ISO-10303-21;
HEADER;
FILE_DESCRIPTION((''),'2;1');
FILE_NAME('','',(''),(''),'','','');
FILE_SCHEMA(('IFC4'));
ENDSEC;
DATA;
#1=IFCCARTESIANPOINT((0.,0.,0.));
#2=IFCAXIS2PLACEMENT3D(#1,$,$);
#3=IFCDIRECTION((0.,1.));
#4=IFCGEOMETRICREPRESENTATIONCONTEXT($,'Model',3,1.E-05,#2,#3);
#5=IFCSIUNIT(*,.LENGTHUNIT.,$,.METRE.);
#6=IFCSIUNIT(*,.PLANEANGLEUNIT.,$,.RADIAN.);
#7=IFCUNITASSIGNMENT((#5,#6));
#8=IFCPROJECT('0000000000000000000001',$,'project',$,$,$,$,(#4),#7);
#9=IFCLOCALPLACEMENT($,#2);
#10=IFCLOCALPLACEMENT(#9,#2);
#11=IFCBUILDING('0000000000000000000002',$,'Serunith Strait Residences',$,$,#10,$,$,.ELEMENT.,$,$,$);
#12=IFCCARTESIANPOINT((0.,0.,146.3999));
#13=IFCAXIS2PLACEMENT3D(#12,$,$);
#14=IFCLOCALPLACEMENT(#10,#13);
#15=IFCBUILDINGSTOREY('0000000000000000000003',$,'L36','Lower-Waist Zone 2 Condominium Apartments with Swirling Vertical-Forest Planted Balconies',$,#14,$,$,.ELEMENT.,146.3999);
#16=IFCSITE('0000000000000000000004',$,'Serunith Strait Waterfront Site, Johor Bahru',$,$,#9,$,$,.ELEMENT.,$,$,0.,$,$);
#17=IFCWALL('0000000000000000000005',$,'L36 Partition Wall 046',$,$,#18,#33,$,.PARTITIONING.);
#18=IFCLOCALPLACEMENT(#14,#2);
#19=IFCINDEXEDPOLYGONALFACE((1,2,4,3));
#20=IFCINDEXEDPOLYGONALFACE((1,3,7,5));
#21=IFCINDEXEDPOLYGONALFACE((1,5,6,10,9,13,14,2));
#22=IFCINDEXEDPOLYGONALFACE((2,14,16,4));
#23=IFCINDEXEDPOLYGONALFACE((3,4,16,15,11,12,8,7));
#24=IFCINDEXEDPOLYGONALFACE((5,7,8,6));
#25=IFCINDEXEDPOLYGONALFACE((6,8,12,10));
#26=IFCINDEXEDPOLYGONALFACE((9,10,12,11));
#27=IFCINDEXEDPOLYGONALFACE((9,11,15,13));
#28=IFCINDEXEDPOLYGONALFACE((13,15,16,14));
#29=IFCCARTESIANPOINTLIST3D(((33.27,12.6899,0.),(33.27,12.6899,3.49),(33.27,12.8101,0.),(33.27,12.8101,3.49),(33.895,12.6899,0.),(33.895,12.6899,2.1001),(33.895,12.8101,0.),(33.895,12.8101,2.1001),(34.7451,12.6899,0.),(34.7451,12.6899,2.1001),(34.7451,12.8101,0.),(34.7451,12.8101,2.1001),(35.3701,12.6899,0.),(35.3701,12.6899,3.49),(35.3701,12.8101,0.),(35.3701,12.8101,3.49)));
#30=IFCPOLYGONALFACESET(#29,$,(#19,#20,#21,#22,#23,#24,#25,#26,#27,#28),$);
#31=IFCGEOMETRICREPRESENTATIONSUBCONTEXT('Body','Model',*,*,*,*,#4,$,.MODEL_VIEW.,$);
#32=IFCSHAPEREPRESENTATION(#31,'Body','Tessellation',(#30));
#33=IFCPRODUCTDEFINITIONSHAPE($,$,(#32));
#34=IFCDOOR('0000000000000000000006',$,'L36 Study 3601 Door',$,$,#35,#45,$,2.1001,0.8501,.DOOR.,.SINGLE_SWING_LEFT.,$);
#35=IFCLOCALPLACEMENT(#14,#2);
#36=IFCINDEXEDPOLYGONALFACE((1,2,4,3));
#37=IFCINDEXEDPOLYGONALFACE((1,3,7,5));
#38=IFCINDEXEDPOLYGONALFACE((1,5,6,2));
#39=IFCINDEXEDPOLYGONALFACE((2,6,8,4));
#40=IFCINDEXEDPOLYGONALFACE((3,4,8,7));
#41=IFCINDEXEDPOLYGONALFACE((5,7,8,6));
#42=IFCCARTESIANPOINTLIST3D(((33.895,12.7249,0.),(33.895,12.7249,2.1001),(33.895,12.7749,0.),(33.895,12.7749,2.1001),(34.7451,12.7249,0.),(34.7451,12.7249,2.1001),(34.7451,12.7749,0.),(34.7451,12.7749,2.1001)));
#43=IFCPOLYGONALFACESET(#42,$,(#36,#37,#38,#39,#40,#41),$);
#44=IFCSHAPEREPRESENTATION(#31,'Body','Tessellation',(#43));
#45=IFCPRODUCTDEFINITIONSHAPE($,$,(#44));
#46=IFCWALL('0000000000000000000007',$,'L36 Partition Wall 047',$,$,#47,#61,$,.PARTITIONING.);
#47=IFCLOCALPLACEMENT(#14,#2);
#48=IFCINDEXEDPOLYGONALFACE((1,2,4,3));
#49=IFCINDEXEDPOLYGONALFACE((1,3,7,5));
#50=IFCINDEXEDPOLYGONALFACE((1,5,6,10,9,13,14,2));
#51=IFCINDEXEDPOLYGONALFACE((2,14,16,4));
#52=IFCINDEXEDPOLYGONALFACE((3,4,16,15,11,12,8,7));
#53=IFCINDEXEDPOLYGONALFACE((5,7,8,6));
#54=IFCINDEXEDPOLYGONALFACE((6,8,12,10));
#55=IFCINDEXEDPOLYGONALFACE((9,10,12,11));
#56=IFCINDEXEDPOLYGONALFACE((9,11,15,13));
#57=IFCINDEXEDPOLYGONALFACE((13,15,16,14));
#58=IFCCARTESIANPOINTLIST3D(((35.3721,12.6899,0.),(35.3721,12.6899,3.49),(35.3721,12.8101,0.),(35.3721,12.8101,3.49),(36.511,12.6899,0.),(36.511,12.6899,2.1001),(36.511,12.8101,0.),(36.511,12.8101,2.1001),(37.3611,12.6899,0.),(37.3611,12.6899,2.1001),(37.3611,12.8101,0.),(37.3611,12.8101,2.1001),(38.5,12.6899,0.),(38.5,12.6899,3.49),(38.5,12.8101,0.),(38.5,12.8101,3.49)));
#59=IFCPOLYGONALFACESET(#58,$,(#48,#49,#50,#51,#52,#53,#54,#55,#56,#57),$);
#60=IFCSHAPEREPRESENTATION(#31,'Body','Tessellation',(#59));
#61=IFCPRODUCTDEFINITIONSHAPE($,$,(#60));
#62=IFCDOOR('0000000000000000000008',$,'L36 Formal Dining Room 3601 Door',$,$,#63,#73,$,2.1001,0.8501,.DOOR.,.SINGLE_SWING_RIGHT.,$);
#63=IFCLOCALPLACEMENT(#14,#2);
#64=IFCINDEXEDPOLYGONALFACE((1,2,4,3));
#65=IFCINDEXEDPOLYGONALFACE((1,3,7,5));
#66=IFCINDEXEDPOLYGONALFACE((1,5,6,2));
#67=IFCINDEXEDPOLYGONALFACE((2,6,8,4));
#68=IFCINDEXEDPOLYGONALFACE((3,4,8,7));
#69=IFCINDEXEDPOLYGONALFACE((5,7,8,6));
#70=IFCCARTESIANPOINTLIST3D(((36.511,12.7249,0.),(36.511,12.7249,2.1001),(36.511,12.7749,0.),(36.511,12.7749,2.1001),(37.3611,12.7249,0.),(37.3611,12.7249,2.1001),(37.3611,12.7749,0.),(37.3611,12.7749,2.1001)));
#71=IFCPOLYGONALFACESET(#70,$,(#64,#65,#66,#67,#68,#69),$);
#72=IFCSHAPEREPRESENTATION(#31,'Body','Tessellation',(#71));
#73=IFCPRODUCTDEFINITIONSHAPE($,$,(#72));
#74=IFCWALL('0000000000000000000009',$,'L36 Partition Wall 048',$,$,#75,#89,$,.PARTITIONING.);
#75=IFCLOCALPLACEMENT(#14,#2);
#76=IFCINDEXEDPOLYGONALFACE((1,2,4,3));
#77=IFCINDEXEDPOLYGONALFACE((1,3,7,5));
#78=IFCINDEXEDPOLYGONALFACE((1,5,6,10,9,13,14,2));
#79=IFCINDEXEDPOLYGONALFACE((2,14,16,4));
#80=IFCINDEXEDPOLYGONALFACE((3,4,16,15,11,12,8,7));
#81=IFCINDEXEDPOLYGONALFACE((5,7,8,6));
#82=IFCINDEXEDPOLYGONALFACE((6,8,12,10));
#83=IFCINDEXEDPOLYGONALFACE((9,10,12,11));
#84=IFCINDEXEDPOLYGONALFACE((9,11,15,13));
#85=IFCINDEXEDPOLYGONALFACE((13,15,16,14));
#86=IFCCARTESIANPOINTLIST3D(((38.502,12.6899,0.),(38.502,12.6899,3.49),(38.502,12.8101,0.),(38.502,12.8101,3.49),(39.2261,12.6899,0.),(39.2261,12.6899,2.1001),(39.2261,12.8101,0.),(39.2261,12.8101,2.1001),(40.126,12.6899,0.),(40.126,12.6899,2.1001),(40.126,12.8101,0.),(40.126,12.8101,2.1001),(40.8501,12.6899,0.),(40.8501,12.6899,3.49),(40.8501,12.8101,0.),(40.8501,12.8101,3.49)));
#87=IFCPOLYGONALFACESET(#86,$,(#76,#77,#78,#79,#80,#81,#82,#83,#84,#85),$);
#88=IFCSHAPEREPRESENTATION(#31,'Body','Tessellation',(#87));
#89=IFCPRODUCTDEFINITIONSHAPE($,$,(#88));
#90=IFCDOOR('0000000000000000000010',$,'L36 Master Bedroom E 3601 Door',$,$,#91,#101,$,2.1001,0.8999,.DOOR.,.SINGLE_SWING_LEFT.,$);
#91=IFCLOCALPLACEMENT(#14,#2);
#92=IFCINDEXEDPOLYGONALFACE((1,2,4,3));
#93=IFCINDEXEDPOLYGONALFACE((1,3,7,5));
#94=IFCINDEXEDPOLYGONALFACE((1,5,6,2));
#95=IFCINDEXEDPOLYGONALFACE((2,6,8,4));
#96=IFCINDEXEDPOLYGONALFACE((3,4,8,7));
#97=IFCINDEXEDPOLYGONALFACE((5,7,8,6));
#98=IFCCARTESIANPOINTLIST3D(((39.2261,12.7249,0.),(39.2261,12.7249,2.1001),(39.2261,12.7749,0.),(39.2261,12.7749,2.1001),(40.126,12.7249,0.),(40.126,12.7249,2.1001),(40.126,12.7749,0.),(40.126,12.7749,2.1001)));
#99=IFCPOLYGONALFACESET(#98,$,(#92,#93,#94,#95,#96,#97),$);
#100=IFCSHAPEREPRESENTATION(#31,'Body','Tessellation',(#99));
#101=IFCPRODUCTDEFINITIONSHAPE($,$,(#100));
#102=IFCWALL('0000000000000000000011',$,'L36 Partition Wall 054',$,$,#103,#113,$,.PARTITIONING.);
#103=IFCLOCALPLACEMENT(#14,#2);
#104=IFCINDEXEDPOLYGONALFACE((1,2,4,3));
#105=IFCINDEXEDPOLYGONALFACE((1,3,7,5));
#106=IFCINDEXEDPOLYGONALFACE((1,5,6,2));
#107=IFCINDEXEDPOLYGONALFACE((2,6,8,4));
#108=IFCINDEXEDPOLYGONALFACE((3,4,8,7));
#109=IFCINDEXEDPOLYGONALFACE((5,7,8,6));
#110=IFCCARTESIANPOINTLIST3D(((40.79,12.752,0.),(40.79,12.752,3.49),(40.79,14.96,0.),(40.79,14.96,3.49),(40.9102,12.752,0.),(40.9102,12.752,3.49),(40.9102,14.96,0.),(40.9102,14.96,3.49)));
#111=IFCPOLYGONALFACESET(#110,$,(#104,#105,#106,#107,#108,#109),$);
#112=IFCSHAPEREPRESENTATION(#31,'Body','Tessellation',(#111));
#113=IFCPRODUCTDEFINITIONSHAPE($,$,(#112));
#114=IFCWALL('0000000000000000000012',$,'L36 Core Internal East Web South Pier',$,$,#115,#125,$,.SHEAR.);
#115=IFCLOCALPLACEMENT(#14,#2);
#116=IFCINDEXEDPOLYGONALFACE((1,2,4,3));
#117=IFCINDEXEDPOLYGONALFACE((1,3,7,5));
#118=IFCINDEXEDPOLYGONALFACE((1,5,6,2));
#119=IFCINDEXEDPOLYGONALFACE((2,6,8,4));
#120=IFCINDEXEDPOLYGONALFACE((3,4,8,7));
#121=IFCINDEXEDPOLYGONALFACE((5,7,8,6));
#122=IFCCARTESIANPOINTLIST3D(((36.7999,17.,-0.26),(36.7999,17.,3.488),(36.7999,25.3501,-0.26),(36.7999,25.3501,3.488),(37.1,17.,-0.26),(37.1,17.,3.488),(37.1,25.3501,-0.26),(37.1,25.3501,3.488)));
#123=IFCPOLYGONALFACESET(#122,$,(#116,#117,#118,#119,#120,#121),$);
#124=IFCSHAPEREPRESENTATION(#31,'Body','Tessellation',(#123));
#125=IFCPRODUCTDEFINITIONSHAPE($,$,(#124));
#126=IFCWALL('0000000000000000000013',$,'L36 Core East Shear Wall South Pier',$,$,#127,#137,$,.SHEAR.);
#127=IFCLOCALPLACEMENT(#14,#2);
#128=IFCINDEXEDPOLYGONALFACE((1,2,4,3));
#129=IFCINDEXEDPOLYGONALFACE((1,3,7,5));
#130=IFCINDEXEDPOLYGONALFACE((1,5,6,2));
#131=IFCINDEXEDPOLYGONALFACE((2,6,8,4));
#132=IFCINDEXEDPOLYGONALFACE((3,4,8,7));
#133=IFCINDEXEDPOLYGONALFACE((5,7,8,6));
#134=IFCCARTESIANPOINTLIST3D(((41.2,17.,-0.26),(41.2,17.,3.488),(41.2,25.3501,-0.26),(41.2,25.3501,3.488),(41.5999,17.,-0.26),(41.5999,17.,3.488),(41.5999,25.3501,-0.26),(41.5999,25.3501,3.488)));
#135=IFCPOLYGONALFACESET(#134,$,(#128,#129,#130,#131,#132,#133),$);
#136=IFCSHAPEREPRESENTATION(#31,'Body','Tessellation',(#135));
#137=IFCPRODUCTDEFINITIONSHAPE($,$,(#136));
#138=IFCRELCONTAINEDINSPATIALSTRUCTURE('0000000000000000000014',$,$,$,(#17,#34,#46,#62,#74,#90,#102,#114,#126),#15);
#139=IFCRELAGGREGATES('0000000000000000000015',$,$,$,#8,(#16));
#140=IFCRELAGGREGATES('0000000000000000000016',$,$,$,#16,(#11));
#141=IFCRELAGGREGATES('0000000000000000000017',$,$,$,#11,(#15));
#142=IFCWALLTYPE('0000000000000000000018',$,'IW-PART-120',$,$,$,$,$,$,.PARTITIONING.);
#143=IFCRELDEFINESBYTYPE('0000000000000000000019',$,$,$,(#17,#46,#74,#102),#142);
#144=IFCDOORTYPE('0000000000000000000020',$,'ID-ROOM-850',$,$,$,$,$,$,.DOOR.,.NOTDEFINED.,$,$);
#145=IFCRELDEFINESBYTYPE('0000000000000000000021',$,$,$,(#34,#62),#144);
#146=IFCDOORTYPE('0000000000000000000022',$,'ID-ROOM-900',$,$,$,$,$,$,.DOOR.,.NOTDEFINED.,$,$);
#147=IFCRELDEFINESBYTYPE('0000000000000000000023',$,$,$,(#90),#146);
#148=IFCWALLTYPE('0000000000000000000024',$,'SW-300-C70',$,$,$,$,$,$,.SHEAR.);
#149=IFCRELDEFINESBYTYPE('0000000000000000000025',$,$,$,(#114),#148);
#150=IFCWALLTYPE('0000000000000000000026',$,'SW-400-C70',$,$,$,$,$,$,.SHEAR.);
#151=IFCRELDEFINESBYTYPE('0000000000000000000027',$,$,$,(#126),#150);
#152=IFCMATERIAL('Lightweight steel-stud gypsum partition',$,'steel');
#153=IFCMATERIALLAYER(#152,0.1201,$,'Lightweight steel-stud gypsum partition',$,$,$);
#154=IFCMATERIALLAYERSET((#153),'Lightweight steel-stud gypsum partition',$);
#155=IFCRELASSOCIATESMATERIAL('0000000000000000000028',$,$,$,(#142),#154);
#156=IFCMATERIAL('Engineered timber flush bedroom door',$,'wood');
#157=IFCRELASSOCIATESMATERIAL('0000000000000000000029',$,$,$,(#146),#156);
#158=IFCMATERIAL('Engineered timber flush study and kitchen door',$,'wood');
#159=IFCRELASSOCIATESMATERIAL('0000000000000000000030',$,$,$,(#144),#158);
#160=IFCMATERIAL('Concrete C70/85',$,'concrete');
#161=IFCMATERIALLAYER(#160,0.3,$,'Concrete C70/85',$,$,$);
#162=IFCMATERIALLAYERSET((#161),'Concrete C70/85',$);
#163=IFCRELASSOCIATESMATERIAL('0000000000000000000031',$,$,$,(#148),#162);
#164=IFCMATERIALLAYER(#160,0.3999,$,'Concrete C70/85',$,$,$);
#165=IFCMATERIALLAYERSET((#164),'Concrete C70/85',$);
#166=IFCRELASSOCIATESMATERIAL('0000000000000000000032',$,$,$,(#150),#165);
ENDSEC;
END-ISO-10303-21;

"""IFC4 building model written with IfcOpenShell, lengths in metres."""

from ifc_helpers import new_model, si_unit, direction, frame, frame_2d, origin, place, context, subcontext, project, spatial, rectangle, extrude, source, transform, mapped, material, layer, layer_set, type_object, element, fill, save


model = new_model("IFC4")

# Units and contexts
model_context = context("Model", 3, precision=1e-05, world=origin(), true_north=direction((0.0, 1.0)))
body_context = subcontext(model_context, "Body", "Model", "MODEL_VIEW")
ifc_project = project(units=[si_unit("LENGTHUNIT", "METRE"), si_unit("PLANEANGLEUNIT", "RADIAN")], contexts=[model_context])

# Site, building, storey
site_placement = place(None, origin())
site = spatial("IfcSite", under=ifc_project, at=site_placement, Name="Serunith Strait Waterfront Site, Johor Bahru", CompositionType="ELEMENT", RefElevation=0.0)
building_placement = place(site_placement, origin())
building = spatial("IfcBuilding", under=site, at=building_placement, Name="Serunith Strait Residences", CompositionType="ELEMENT")
storey_placement = place(building_placement, frame((0.0, 0.0, 146.3999)))
storey = spatial("IfcBuildingStorey", under=building, at=storey_placement, Name="L36", Description="Lower-Waist Zone 2 Condominium Apartments with Swirling Vertical-Forest Planted Balconies", CompositionType="ELEMENT", Elevation=146.3999)

# Walls, openings, doors
ifc_material_1 = material(Name="Lightweight steel-stud gypsum partition", Category="steel")
ifc_layer_1 = layer(ifc_material_1, 0.1201, Name="Lightweight steel-stud gypsum partition")
ifc_layer_set_1 = layer_set([ifc_layer_1], Name="Lightweight steel-stud gypsum partition")
wall_type_1 = type_object("IfcWallType", Name="IW-PART-120", PredefinedType="PARTITIONING", material=ifc_layer_set_1)
ifc_material_2 = material(Name="Engineered timber flush bedroom door", Category="wood")
door_type_1 = type_object("IfcDoorType", Name="ID-ROOM-900", OperationType="NOTDEFINED", PredefinedType="DOOR", material=ifc_material_2)
shared_shape_1 = source(origin(), body_context, "Body", "SweptSolid", [
    extrude(rectangle(XDim=0.8999, YDim=2.1001, at=frame_2d((0.45, 1.05))), frame((0.0, 0.0249, 0.0), z_axis=(0.0, -1.0, 0.0), x_axis=(1.0, 0.0, 0.0)), (0.0, 0.0, 1.0), 0.05),
])
wall_1_placement = place(storey_placement, frame((33.27, 12.75, 0.0), z_axis=(0.0, 0.0, 1.0), x_axis=(1.0, 0.0, 0.0)))
wall_1 = element("IfcWall", 1, at=wall_1_placement, inside=storey, type_object=wall_type_1, Name="L36 Partition Wall 046", PredefinedType="PARTITIONING", context=body_context, shape_type="SweptSolid", body=[
    extrude(rectangle(XDim=2.1001, YDim=0.1201, at=frame_2d((1.05, 0.0))), origin(), (0.0, 0.0, 1.0), 3.49),
])
opening_1_placement = place(wall_1_placement, frame((0.625, 0.0, 0.0)))
opening_1 = element("IfcOpeningElement", 2, at=opening_1_placement, cuts=wall_1, PredefinedType="OPENING", context=body_context, shape_type="SweptSolid", body=[
    extrude(rectangle(XDim=0.8501, YDim=2.1001, at=frame_2d((0.425, 1.05))), frame((0.0, 0.0701, 0.0), z_axis=(0.0, -1.0, 0.0), x_axis=(1.0, 0.0, 0.0)), (0.0, 0.0, 1.0), 0.1401),
])
ifc_material_3 = material(Name="Engineered timber flush study and kitchen door", Category="wood")
door_type_2 = type_object("IfcDoorType", Name="ID-ROOM-850", OperationType="NOTDEFINED", PredefinedType="DOOR", material=ifc_material_3)
shared_shape_2 = source(origin(), body_context, "Body", "SweptSolid", [
    extrude(rectangle(XDim=0.8501, YDim=2.1001, at=frame_2d((0.425, 1.05))), frame((0.0, 0.0249, 0.0), z_axis=(0.0, -1.0, 0.0), x_axis=(1.0, 0.0, 0.0)), (0.0, 0.0, 1.0), 0.05),
])
door_1_placement = place(opening_1_placement, origin())
door_1 = element("IfcDoor", 3, at=door_1_placement, inside=storey, type_object=door_type_2, Name="L36 Study 3601 Door", OperationType="SINGLE_SWING_LEFT", OverallHeight=2.1001, OverallWidth=0.8501, PredefinedType="DOOR", context=body_context, shape_type="MappedRepresentation", body=[
    mapped(shared_shape_2, transform((0.0, 0.0, 0.0), scale=1.0)),
])
fill(opening_1, door_1)
wall_2_placement = place(storey_placement, frame((35.3721, 12.75, 0.0), z_axis=(0.0, 0.0, 1.0), x_axis=(1.0, 0.0, 0.0)))
wall_2 = element("IfcWall", 4, at=wall_2_placement, inside=storey, type_object=wall_type_1, Name="L36 Partition Wall 047", PredefinedType="PARTITIONING", context=body_context, shape_type="SweptSolid", body=[
    extrude(rectangle(XDim=3.1279, YDim=0.1201, at=frame_2d((1.564, 0.0))), origin(), (0.0, 0.0, 1.0), 3.49),
])
opening_2_placement = place(wall_2_placement, frame((1.1389, 0.0, 0.0)))
opening_2 = element("IfcOpeningElement", 5, at=opening_2_placement, cuts=wall_2, PredefinedType="OPENING", context=body_context, shape_type="SweptSolid", body=[
    extrude(rectangle(XDim=0.8501, YDim=2.1001, at=frame_2d((0.425, 1.05))), frame((0.0, 0.0701, 0.0), z_axis=(0.0, -1.0, 0.0), x_axis=(1.0, 0.0, 0.0)), (0.0, 0.0, 1.0), 0.1401),
])
door_2_placement = place(opening_2_placement, origin())
door_2 = element("IfcDoor", 6, at=door_2_placement, inside=storey, type_object=door_type_2, Name="L36 Formal Dining Room 3601 Door", OperationType="SINGLE_SWING_RIGHT", OverallHeight=2.1001, OverallWidth=0.8501, PredefinedType="DOOR", context=body_context, shape_type="MappedRepresentation", body=[
    mapped(shared_shape_2, transform((0.0, 0.0, 0.0), scale=1.0)),
])
fill(opening_2, door_2)
wall_3_placement = place(storey_placement, frame((38.502, 12.75, 0.0), z_axis=(0.0, 0.0, 1.0), x_axis=(1.0, 0.0, 0.0)))
wall_3 = element("IfcWall", 7, at=wall_3_placement, inside=storey, type_object=wall_type_1, Name="L36 Partition Wall 048", PredefinedType="PARTITIONING", context=body_context, shape_type="SweptSolid", body=[
    extrude(rectangle(XDim=2.3481, YDim=0.1201, at=frame_2d((1.1741, 0.0))), origin(), (0.0, 0.0, 1.0), 3.49),
])
opening_3_placement = place(wall_3_placement, frame((0.7241, 0.0, 0.0)))
opening_3 = element("IfcOpeningElement", 8, at=opening_3_placement, cuts=wall_3, PredefinedType="OPENING", context=body_context, shape_type="SweptSolid", body=[
    extrude(rectangle(XDim=0.8999, YDim=2.1001, at=frame_2d((0.45, 1.05))), frame((0.0, 0.0701, 0.0), z_axis=(0.0, -1.0, 0.0), x_axis=(1.0, 0.0, 0.0)), (0.0, 0.0, 1.0), 0.1401),
])
door_3_placement = place(opening_3_placement, origin())
door_3 = element("IfcDoor", 9, at=door_3_placement, inside=storey, type_object=door_type_1, Name="L36 Master Bedroom E 3601 Door", OperationType="SINGLE_SWING_LEFT", OverallHeight=2.1001, OverallWidth=0.8999, PredefinedType="DOOR", context=body_context, shape_type="MappedRepresentation", body=[
    mapped(shared_shape_1, transform((0.0, 0.0, 0.0), scale=1.0)),
])
fill(opening_3, door_3)

# Walls
wall_4_placement = place(storey_placement, frame((40.8501, 12.752, 0.0), z_axis=(0.0, 0.0, 1.0), x_axis=(0.0, 1.0, 0.0)))
element("IfcWall", 10, at=wall_4_placement, inside=storey, type_object=wall_type_1, Name="L36 Partition Wall 054", PredefinedType="PARTITIONING", context=body_context, shape_type="SweptSolid", body=[
    extrude(rectangle(XDim=2.208, YDim=0.1201, at=frame_2d((1.104, 0.0))), origin(), (0.0, 0.0, 1.0), 3.49),
])
ifc_material_4 = material(Name="Concrete C70/85", Category="concrete")
ifc_layer_2 = layer(ifc_material_4, 0.3, Name="Concrete C70/85")
ifc_layer_set_2 = layer_set([ifc_layer_2], Name="Concrete C70/85")
wall_type_2 = type_object("IfcWallType", Name="SW-300-C70", PredefinedType="SHEAR", material=ifc_layer_set_2)
wall_5_placement = place(storey_placement, frame((36.95, 17.0, -0.26), z_axis=(0.0, 0.0, 1.0), x_axis=(0.0, 1.0, 0.0)))
element("IfcWall", 11, at=wall_5_placement, inside=storey, type_object=wall_type_2, Name="L36 Core Internal East Web South Pier", PredefinedType="SHEAR", context=body_context, shape_type="SweptSolid", body=[
    extrude(rectangle(XDim=8.3501, YDim=0.3, at=frame_2d((4.175, 0.0))), origin(), (0.0, 0.0, 1.0), 3.748),
])
ifc_layer_3 = layer(ifc_material_4, 0.3999, Name="Concrete C70/85")
ifc_layer_set_3 = layer_set([ifc_layer_3], Name="Concrete C70/85")
wall_type_3 = type_object("IfcWallType", Name="SW-400-C70", PredefinedType="SHEAR", material=ifc_layer_set_3)
wall_6_placement = place(storey_placement, frame((41.3999, 17.0, -0.26), z_axis=(0.0, 0.0, 1.0), x_axis=(0.0, 1.0, 0.0)))
element("IfcWall", 12, at=wall_6_placement, inside=storey, type_object=wall_type_3, Name="L36 Core East Shear Wall South Pier", PredefinedType="SHEAR", context=body_context, shape_type="SweptSolid", body=[
    extrude(rectangle(XDim=8.3501, YDim=0.3999, at=frame_2d((4.175, 0.0))), origin(), (0.0, 0.0, 1.0), 3.748),
])

save(model, "model.ifc")
